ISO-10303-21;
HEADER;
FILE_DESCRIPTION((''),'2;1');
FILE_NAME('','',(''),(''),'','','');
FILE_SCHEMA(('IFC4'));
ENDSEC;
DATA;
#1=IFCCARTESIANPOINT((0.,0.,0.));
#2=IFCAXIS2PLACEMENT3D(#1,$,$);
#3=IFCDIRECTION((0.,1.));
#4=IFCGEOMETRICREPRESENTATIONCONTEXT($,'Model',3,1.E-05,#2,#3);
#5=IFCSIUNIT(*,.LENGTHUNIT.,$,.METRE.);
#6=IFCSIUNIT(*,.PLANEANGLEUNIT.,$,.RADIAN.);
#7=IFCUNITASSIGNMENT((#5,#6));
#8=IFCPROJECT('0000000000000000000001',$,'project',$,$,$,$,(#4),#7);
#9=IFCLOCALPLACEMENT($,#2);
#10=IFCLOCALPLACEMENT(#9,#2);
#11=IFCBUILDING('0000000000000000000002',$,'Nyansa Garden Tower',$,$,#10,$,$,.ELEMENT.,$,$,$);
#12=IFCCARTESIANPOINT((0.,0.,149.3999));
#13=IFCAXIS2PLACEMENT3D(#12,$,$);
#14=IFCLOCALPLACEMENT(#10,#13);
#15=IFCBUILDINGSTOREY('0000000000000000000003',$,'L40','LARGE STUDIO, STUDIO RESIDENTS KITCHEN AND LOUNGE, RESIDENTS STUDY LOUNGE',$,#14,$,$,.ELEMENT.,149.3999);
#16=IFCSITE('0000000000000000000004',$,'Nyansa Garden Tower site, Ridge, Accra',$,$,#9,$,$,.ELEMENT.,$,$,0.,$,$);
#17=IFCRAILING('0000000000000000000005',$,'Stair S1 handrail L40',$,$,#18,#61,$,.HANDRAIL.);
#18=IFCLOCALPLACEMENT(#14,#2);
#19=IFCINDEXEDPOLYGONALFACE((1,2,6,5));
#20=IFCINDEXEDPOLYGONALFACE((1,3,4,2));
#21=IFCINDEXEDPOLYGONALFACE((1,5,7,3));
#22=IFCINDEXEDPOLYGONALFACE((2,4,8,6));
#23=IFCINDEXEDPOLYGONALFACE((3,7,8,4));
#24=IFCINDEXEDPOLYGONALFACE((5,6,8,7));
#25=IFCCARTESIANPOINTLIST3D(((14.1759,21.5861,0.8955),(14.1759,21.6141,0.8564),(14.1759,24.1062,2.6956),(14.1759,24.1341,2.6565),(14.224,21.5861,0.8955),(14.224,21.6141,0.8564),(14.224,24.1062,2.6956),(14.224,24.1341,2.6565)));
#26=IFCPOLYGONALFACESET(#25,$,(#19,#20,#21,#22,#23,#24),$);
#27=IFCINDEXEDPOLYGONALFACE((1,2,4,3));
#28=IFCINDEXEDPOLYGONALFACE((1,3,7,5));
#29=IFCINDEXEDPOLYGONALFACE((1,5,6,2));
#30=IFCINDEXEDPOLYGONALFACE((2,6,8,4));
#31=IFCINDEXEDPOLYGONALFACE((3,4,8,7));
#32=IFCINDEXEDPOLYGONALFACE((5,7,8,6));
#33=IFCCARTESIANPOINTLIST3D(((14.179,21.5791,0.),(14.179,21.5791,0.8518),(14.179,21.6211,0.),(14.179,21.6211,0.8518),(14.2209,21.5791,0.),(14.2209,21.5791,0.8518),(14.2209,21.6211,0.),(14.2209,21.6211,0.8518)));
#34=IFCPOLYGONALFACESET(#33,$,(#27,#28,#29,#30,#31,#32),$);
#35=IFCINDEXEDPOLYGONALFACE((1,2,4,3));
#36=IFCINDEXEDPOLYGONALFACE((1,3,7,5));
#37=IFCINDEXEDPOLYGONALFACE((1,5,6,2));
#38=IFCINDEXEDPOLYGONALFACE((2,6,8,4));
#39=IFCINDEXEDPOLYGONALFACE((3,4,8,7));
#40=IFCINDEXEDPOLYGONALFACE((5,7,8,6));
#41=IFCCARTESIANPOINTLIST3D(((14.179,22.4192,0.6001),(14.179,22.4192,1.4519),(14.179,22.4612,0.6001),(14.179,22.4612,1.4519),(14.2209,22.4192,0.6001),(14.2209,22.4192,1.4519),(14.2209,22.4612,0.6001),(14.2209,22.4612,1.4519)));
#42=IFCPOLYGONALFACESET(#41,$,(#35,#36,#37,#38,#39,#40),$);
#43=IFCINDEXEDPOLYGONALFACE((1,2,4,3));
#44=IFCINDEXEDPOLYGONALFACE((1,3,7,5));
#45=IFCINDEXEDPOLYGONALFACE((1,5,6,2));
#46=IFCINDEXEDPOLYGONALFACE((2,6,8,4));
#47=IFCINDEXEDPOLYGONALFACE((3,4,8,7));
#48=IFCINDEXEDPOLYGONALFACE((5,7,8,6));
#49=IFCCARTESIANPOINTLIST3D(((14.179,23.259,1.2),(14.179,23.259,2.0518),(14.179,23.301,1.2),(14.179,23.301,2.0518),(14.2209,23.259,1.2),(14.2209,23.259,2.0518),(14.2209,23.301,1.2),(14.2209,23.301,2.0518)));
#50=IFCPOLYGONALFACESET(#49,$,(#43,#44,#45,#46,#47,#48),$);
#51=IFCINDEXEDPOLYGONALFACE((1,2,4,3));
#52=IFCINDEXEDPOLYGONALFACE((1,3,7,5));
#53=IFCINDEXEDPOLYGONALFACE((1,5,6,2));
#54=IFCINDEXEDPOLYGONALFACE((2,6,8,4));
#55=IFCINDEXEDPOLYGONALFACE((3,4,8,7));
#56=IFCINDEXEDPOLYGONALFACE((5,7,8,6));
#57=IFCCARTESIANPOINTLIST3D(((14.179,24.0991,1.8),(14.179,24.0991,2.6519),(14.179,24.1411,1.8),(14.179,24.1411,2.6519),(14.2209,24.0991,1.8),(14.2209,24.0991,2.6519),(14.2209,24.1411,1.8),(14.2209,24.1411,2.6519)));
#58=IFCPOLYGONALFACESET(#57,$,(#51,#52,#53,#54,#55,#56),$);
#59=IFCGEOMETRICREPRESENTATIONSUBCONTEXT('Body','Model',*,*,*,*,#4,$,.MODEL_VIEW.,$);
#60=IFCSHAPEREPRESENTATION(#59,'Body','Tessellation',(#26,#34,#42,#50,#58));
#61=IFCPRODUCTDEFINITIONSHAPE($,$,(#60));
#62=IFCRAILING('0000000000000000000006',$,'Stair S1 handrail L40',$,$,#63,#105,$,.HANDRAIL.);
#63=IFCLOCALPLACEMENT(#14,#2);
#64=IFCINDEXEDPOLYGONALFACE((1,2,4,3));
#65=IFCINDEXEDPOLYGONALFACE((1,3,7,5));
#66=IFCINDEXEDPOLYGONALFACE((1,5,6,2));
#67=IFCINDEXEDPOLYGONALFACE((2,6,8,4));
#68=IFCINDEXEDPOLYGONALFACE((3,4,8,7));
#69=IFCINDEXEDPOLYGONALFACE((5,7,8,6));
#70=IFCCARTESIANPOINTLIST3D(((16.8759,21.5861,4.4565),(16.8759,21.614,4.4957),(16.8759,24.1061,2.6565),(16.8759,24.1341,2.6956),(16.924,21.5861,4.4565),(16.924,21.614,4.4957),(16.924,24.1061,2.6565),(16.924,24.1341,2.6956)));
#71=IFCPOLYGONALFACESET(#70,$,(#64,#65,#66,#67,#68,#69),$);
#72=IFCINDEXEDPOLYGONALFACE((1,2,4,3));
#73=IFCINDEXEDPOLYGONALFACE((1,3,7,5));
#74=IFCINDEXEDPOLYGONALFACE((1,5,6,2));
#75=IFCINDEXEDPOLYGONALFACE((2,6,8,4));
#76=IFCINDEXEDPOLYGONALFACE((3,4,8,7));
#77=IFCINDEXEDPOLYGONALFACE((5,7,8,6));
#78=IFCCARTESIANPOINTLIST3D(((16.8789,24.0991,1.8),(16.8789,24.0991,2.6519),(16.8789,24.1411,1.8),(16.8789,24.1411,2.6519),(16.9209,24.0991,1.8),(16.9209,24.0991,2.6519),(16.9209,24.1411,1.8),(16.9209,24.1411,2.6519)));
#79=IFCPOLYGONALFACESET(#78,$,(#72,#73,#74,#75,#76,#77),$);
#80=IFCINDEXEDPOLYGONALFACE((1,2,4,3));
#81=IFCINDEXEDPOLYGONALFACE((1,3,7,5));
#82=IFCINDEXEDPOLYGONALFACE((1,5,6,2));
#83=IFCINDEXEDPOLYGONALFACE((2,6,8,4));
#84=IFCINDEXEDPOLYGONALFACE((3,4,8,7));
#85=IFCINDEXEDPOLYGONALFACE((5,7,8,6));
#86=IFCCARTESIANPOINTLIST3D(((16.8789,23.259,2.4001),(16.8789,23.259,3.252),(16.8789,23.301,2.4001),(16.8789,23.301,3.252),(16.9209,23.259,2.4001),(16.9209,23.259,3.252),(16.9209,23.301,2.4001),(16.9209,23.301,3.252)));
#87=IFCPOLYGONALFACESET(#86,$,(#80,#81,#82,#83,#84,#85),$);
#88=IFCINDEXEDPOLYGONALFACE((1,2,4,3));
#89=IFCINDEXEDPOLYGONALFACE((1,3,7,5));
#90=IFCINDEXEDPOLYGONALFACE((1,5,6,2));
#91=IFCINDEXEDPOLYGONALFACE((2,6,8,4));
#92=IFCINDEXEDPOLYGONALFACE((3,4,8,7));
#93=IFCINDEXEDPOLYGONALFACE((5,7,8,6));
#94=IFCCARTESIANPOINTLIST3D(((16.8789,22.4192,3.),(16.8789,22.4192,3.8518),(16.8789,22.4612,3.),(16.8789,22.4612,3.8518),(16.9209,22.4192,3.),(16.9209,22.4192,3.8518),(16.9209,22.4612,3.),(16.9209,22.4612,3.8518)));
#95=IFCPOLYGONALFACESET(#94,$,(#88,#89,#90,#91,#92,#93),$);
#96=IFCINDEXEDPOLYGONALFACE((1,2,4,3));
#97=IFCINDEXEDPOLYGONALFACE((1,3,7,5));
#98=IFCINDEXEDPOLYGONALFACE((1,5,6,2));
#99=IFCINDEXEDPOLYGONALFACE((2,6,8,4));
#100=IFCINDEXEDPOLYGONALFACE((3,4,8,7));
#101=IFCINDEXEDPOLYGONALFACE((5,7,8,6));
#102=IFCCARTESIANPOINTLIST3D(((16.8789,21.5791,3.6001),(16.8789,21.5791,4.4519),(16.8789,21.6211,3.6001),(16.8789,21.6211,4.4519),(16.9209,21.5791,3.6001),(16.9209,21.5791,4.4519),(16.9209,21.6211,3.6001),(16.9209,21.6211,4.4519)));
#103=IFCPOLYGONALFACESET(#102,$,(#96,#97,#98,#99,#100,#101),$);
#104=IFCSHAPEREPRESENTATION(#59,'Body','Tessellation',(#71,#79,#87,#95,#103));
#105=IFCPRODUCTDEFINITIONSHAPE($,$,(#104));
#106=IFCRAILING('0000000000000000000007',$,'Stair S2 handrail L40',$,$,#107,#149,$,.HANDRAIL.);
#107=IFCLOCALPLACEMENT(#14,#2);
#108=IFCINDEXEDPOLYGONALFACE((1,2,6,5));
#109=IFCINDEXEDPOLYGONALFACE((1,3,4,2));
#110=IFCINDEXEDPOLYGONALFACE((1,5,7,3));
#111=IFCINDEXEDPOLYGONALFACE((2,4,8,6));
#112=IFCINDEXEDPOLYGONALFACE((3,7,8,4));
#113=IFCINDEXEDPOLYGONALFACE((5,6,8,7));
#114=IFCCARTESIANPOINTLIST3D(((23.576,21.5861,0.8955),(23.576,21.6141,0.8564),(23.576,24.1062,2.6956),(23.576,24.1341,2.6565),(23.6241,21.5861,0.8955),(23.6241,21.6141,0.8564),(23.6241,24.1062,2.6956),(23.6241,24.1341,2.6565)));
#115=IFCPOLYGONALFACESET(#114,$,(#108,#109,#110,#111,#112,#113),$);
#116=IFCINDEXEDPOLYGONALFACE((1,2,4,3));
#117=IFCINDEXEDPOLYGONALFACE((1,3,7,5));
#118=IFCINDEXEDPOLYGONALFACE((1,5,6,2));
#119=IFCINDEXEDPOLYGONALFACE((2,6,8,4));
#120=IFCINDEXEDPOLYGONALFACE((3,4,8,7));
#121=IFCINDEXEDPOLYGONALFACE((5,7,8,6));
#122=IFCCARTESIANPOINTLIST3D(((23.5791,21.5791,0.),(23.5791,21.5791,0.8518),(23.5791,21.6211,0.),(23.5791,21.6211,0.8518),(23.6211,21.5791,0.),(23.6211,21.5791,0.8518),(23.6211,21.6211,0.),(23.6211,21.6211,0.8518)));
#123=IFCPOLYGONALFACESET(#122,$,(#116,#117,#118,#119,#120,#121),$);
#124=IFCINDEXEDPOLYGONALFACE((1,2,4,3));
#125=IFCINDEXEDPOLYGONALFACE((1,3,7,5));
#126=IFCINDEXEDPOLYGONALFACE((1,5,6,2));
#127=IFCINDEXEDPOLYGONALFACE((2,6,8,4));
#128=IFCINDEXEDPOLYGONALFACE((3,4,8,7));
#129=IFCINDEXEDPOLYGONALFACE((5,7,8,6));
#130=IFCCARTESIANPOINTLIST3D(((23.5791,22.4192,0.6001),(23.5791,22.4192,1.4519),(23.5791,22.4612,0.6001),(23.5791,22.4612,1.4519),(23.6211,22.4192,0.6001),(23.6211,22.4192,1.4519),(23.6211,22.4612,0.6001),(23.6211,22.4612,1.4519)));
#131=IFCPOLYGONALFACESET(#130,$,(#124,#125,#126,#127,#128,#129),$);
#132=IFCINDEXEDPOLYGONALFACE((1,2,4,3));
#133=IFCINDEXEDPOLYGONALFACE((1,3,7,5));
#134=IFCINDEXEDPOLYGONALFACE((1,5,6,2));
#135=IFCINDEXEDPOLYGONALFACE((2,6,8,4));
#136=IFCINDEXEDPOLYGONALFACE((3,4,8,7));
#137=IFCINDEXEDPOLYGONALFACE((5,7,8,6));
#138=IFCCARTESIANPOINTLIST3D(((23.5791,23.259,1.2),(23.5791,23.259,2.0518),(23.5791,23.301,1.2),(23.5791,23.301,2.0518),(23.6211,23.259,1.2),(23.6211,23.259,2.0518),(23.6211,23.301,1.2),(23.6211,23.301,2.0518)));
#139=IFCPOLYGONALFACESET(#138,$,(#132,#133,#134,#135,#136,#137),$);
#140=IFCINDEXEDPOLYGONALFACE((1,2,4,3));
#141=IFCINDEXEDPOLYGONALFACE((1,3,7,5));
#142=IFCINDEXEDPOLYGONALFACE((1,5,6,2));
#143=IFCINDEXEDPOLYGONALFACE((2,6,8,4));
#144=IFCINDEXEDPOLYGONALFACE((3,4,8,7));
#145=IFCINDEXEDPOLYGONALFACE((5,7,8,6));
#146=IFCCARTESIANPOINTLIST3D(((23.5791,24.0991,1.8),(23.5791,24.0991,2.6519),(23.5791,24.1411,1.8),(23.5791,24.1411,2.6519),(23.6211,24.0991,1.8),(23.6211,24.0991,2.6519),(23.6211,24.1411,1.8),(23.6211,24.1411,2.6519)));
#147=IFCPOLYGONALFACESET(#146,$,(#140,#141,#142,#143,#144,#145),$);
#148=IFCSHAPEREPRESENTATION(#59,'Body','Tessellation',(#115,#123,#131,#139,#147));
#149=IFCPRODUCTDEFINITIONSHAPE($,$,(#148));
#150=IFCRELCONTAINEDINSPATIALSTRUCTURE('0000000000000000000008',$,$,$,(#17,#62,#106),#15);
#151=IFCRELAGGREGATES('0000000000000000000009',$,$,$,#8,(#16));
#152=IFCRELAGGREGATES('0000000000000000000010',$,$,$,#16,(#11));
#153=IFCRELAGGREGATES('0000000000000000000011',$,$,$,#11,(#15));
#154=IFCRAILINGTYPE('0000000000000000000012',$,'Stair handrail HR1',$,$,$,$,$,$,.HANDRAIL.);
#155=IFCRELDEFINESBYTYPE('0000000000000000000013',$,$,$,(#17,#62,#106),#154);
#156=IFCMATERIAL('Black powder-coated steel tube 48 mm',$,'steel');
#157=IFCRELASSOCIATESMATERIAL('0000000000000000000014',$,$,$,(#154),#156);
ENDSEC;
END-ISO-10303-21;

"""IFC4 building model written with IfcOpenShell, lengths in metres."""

from ifc_helpers import new_model, si_unit, direction, frame, origin, origin_2d, place, context, subcontext, project, spatial, rectangle, extrude, material, type_object, element, save


model = new_model("IFC4")

# Units and contexts
model_context = context("Model", 3, precision=1e-05, world=origin(), true_north=direction((0.0, 1.0)))
body_context = subcontext(model_context, "Body", "Model", "MODEL_VIEW")
ifc_project = project(units=[si_unit("LENGTHUNIT", "METRE"), si_unit("PLANEANGLEUNIT", "RADIAN")], contexts=[model_context])

# Site, building, storey
site_placement = place(None, origin())
site = spatial("IfcSite", under=ifc_project, at=site_placement, Name="Nyansa Garden Tower site, Ridge, Accra", CompositionType="ELEMENT", RefElevation=0.0)
building_placement = place(site_placement, origin())
building = spatial("IfcBuilding", under=site, at=building_placement, Name="Nyansa Garden Tower", CompositionType="ELEMENT")
storey_placement = place(building_placement, frame((0.0, 0.0, 149.3999)))
storey = spatial("IfcBuildingStorey", under=building, at=storey_placement, Name="L40", Description="LARGE STUDIO, STUDIO RESIDENTS KITCHEN AND LOUNGE, RESIDENTS STUDY LOUNGE", CompositionType="ELEMENT", Elevation=149.3999)

# Railings
ifc_material_1 = material(Name="Black powder-coated steel tube 48 mm", Category="steel")
railing_type = type_object("IfcRailingType", Name="Stair handrail HR1", PredefinedType="HANDRAIL", material=ifc_material_1)
railing_1_placement = place(storey_placement, frame((14.2, 21.6001, 0.0)))
element("IfcRailing", 1, at=railing_1_placement, inside=storey, type_object=railing_type, Name="Stair S1 handrail L40", PredefinedType="HANDRAIL", context=body_context, shape_type="SweptSolid", body=[
    extrude(rectangle(XDim=0.0481, YDim=0.0481, at=origin_2d()), frame((0.0, 0.0, 0.876), z_axis=(0.0, 0.813728, 0.581246), x_axis=(-1.0, 0.0, 0.0)), (0.0, 0.0, 1.0), 3.0969),
    extrude(rectangle(XDim=0.042, YDim=0.042, at=origin_2d()), origin(), (0.0, 0.0, 1.0), 0.8518),
    extrude(rectangle(XDim=0.042, YDim=0.042, at=origin_2d()), frame((0.0, 0.8401, 0.6001)), (0.0, 0.0, 1.0), 0.8518),
    extrude(rectangle(XDim=0.042, YDim=0.042, at=origin_2d()), frame((0.0, 1.6799, 1.2)), (0.0, 0.0, 1.0), 0.8518),
    extrude(rectangle(XDim=0.042, YDim=0.042, at=origin_2d()), frame((0.0, 2.52, 1.8)), (0.0, 0.0, 1.0), 0.8518),
])
railing_2_placement = place(storey_placement, frame((16.8999, 24.1201, 1.8)))
element("IfcRailing", 2, at=railing_2_placement, inside=storey, type_object=railing_type, Name="Stair S1 handrail L40", PredefinedType="HANDRAIL", context=body_context, shape_type="SweptSolid", body=[
    extrude(rectangle(XDim=0.0481, YDim=0.0481, at=origin_2d()), frame((0.0, 0.0, 0.876), z_axis=(0.0, -0.813728, 0.581246), x_axis=(1.0, 0.0, 0.0)), (0.0, 0.0, 1.0), 3.0969),
    extrude(rectangle(XDim=0.042, YDim=0.042, at=origin_2d()), origin(), (0.0, 0.0, 1.0), 0.8518),
    extrude(rectangle(XDim=0.042, YDim=0.042, at=origin_2d()), frame((0.0, -0.8401, 0.6001)), (0.0, 0.0, 1.0), 0.8518),
    extrude(rectangle(XDim=0.042, YDim=0.042, at=origin_2d()), frame((0.0, -1.6799, 1.2)), (0.0, 0.0, 1.0), 0.8518),
    extrude(rectangle(XDim=0.042, YDim=0.042, at=origin_2d()), frame((0.0, -2.52, 1.8)), (0.0, 0.0, 1.0), 0.8518),
])
railing_3_placement = place(storey_placement, frame((23.6001, 21.6001, 0.0)))
element("IfcRailing", 3, at=railing_3_placement, inside=storey, type_object=railing_type, Name="Stair S2 handrail L40", PredefinedType="HANDRAIL", context=body_context, shape_type="SweptSolid", body=[
    extrude(rectangle(XDim=0.0481, YDim=0.0481, at=origin_2d()), frame((0.0, 0.0, 0.876), z_axis=(0.0, 0.813728, 0.581246), x_axis=(-1.0, 0.0, 0.0)), (0.0, 0.0, 1.0), 3.0969),
    extrude(rectangle(XDim=0.042, YDim=0.042, at=origin_2d()), origin(), (0.0, 0.0, 1.0), 0.8518),
    extrude(rectangle(XDim=0.042, YDim=0.042, at=origin_2d()), frame((0.0, 0.8401, 0.6001)), (0.0, 0.0, 1.0), 0.8518),
    extrude(rectangle(XDim=0.042, YDim=0.042, at=origin_2d()), frame((0.0, 1.6799, 1.2)), (0.0, 0.0, 1.0), 0.8518),
    extrude(rectangle(XDim=0.042, YDim=0.042, at=origin_2d()), frame((0.0, 2.52, 1.8)), (0.0, 0.0, 1.0), 0.8518),
])

save(model, "model.ifc")
